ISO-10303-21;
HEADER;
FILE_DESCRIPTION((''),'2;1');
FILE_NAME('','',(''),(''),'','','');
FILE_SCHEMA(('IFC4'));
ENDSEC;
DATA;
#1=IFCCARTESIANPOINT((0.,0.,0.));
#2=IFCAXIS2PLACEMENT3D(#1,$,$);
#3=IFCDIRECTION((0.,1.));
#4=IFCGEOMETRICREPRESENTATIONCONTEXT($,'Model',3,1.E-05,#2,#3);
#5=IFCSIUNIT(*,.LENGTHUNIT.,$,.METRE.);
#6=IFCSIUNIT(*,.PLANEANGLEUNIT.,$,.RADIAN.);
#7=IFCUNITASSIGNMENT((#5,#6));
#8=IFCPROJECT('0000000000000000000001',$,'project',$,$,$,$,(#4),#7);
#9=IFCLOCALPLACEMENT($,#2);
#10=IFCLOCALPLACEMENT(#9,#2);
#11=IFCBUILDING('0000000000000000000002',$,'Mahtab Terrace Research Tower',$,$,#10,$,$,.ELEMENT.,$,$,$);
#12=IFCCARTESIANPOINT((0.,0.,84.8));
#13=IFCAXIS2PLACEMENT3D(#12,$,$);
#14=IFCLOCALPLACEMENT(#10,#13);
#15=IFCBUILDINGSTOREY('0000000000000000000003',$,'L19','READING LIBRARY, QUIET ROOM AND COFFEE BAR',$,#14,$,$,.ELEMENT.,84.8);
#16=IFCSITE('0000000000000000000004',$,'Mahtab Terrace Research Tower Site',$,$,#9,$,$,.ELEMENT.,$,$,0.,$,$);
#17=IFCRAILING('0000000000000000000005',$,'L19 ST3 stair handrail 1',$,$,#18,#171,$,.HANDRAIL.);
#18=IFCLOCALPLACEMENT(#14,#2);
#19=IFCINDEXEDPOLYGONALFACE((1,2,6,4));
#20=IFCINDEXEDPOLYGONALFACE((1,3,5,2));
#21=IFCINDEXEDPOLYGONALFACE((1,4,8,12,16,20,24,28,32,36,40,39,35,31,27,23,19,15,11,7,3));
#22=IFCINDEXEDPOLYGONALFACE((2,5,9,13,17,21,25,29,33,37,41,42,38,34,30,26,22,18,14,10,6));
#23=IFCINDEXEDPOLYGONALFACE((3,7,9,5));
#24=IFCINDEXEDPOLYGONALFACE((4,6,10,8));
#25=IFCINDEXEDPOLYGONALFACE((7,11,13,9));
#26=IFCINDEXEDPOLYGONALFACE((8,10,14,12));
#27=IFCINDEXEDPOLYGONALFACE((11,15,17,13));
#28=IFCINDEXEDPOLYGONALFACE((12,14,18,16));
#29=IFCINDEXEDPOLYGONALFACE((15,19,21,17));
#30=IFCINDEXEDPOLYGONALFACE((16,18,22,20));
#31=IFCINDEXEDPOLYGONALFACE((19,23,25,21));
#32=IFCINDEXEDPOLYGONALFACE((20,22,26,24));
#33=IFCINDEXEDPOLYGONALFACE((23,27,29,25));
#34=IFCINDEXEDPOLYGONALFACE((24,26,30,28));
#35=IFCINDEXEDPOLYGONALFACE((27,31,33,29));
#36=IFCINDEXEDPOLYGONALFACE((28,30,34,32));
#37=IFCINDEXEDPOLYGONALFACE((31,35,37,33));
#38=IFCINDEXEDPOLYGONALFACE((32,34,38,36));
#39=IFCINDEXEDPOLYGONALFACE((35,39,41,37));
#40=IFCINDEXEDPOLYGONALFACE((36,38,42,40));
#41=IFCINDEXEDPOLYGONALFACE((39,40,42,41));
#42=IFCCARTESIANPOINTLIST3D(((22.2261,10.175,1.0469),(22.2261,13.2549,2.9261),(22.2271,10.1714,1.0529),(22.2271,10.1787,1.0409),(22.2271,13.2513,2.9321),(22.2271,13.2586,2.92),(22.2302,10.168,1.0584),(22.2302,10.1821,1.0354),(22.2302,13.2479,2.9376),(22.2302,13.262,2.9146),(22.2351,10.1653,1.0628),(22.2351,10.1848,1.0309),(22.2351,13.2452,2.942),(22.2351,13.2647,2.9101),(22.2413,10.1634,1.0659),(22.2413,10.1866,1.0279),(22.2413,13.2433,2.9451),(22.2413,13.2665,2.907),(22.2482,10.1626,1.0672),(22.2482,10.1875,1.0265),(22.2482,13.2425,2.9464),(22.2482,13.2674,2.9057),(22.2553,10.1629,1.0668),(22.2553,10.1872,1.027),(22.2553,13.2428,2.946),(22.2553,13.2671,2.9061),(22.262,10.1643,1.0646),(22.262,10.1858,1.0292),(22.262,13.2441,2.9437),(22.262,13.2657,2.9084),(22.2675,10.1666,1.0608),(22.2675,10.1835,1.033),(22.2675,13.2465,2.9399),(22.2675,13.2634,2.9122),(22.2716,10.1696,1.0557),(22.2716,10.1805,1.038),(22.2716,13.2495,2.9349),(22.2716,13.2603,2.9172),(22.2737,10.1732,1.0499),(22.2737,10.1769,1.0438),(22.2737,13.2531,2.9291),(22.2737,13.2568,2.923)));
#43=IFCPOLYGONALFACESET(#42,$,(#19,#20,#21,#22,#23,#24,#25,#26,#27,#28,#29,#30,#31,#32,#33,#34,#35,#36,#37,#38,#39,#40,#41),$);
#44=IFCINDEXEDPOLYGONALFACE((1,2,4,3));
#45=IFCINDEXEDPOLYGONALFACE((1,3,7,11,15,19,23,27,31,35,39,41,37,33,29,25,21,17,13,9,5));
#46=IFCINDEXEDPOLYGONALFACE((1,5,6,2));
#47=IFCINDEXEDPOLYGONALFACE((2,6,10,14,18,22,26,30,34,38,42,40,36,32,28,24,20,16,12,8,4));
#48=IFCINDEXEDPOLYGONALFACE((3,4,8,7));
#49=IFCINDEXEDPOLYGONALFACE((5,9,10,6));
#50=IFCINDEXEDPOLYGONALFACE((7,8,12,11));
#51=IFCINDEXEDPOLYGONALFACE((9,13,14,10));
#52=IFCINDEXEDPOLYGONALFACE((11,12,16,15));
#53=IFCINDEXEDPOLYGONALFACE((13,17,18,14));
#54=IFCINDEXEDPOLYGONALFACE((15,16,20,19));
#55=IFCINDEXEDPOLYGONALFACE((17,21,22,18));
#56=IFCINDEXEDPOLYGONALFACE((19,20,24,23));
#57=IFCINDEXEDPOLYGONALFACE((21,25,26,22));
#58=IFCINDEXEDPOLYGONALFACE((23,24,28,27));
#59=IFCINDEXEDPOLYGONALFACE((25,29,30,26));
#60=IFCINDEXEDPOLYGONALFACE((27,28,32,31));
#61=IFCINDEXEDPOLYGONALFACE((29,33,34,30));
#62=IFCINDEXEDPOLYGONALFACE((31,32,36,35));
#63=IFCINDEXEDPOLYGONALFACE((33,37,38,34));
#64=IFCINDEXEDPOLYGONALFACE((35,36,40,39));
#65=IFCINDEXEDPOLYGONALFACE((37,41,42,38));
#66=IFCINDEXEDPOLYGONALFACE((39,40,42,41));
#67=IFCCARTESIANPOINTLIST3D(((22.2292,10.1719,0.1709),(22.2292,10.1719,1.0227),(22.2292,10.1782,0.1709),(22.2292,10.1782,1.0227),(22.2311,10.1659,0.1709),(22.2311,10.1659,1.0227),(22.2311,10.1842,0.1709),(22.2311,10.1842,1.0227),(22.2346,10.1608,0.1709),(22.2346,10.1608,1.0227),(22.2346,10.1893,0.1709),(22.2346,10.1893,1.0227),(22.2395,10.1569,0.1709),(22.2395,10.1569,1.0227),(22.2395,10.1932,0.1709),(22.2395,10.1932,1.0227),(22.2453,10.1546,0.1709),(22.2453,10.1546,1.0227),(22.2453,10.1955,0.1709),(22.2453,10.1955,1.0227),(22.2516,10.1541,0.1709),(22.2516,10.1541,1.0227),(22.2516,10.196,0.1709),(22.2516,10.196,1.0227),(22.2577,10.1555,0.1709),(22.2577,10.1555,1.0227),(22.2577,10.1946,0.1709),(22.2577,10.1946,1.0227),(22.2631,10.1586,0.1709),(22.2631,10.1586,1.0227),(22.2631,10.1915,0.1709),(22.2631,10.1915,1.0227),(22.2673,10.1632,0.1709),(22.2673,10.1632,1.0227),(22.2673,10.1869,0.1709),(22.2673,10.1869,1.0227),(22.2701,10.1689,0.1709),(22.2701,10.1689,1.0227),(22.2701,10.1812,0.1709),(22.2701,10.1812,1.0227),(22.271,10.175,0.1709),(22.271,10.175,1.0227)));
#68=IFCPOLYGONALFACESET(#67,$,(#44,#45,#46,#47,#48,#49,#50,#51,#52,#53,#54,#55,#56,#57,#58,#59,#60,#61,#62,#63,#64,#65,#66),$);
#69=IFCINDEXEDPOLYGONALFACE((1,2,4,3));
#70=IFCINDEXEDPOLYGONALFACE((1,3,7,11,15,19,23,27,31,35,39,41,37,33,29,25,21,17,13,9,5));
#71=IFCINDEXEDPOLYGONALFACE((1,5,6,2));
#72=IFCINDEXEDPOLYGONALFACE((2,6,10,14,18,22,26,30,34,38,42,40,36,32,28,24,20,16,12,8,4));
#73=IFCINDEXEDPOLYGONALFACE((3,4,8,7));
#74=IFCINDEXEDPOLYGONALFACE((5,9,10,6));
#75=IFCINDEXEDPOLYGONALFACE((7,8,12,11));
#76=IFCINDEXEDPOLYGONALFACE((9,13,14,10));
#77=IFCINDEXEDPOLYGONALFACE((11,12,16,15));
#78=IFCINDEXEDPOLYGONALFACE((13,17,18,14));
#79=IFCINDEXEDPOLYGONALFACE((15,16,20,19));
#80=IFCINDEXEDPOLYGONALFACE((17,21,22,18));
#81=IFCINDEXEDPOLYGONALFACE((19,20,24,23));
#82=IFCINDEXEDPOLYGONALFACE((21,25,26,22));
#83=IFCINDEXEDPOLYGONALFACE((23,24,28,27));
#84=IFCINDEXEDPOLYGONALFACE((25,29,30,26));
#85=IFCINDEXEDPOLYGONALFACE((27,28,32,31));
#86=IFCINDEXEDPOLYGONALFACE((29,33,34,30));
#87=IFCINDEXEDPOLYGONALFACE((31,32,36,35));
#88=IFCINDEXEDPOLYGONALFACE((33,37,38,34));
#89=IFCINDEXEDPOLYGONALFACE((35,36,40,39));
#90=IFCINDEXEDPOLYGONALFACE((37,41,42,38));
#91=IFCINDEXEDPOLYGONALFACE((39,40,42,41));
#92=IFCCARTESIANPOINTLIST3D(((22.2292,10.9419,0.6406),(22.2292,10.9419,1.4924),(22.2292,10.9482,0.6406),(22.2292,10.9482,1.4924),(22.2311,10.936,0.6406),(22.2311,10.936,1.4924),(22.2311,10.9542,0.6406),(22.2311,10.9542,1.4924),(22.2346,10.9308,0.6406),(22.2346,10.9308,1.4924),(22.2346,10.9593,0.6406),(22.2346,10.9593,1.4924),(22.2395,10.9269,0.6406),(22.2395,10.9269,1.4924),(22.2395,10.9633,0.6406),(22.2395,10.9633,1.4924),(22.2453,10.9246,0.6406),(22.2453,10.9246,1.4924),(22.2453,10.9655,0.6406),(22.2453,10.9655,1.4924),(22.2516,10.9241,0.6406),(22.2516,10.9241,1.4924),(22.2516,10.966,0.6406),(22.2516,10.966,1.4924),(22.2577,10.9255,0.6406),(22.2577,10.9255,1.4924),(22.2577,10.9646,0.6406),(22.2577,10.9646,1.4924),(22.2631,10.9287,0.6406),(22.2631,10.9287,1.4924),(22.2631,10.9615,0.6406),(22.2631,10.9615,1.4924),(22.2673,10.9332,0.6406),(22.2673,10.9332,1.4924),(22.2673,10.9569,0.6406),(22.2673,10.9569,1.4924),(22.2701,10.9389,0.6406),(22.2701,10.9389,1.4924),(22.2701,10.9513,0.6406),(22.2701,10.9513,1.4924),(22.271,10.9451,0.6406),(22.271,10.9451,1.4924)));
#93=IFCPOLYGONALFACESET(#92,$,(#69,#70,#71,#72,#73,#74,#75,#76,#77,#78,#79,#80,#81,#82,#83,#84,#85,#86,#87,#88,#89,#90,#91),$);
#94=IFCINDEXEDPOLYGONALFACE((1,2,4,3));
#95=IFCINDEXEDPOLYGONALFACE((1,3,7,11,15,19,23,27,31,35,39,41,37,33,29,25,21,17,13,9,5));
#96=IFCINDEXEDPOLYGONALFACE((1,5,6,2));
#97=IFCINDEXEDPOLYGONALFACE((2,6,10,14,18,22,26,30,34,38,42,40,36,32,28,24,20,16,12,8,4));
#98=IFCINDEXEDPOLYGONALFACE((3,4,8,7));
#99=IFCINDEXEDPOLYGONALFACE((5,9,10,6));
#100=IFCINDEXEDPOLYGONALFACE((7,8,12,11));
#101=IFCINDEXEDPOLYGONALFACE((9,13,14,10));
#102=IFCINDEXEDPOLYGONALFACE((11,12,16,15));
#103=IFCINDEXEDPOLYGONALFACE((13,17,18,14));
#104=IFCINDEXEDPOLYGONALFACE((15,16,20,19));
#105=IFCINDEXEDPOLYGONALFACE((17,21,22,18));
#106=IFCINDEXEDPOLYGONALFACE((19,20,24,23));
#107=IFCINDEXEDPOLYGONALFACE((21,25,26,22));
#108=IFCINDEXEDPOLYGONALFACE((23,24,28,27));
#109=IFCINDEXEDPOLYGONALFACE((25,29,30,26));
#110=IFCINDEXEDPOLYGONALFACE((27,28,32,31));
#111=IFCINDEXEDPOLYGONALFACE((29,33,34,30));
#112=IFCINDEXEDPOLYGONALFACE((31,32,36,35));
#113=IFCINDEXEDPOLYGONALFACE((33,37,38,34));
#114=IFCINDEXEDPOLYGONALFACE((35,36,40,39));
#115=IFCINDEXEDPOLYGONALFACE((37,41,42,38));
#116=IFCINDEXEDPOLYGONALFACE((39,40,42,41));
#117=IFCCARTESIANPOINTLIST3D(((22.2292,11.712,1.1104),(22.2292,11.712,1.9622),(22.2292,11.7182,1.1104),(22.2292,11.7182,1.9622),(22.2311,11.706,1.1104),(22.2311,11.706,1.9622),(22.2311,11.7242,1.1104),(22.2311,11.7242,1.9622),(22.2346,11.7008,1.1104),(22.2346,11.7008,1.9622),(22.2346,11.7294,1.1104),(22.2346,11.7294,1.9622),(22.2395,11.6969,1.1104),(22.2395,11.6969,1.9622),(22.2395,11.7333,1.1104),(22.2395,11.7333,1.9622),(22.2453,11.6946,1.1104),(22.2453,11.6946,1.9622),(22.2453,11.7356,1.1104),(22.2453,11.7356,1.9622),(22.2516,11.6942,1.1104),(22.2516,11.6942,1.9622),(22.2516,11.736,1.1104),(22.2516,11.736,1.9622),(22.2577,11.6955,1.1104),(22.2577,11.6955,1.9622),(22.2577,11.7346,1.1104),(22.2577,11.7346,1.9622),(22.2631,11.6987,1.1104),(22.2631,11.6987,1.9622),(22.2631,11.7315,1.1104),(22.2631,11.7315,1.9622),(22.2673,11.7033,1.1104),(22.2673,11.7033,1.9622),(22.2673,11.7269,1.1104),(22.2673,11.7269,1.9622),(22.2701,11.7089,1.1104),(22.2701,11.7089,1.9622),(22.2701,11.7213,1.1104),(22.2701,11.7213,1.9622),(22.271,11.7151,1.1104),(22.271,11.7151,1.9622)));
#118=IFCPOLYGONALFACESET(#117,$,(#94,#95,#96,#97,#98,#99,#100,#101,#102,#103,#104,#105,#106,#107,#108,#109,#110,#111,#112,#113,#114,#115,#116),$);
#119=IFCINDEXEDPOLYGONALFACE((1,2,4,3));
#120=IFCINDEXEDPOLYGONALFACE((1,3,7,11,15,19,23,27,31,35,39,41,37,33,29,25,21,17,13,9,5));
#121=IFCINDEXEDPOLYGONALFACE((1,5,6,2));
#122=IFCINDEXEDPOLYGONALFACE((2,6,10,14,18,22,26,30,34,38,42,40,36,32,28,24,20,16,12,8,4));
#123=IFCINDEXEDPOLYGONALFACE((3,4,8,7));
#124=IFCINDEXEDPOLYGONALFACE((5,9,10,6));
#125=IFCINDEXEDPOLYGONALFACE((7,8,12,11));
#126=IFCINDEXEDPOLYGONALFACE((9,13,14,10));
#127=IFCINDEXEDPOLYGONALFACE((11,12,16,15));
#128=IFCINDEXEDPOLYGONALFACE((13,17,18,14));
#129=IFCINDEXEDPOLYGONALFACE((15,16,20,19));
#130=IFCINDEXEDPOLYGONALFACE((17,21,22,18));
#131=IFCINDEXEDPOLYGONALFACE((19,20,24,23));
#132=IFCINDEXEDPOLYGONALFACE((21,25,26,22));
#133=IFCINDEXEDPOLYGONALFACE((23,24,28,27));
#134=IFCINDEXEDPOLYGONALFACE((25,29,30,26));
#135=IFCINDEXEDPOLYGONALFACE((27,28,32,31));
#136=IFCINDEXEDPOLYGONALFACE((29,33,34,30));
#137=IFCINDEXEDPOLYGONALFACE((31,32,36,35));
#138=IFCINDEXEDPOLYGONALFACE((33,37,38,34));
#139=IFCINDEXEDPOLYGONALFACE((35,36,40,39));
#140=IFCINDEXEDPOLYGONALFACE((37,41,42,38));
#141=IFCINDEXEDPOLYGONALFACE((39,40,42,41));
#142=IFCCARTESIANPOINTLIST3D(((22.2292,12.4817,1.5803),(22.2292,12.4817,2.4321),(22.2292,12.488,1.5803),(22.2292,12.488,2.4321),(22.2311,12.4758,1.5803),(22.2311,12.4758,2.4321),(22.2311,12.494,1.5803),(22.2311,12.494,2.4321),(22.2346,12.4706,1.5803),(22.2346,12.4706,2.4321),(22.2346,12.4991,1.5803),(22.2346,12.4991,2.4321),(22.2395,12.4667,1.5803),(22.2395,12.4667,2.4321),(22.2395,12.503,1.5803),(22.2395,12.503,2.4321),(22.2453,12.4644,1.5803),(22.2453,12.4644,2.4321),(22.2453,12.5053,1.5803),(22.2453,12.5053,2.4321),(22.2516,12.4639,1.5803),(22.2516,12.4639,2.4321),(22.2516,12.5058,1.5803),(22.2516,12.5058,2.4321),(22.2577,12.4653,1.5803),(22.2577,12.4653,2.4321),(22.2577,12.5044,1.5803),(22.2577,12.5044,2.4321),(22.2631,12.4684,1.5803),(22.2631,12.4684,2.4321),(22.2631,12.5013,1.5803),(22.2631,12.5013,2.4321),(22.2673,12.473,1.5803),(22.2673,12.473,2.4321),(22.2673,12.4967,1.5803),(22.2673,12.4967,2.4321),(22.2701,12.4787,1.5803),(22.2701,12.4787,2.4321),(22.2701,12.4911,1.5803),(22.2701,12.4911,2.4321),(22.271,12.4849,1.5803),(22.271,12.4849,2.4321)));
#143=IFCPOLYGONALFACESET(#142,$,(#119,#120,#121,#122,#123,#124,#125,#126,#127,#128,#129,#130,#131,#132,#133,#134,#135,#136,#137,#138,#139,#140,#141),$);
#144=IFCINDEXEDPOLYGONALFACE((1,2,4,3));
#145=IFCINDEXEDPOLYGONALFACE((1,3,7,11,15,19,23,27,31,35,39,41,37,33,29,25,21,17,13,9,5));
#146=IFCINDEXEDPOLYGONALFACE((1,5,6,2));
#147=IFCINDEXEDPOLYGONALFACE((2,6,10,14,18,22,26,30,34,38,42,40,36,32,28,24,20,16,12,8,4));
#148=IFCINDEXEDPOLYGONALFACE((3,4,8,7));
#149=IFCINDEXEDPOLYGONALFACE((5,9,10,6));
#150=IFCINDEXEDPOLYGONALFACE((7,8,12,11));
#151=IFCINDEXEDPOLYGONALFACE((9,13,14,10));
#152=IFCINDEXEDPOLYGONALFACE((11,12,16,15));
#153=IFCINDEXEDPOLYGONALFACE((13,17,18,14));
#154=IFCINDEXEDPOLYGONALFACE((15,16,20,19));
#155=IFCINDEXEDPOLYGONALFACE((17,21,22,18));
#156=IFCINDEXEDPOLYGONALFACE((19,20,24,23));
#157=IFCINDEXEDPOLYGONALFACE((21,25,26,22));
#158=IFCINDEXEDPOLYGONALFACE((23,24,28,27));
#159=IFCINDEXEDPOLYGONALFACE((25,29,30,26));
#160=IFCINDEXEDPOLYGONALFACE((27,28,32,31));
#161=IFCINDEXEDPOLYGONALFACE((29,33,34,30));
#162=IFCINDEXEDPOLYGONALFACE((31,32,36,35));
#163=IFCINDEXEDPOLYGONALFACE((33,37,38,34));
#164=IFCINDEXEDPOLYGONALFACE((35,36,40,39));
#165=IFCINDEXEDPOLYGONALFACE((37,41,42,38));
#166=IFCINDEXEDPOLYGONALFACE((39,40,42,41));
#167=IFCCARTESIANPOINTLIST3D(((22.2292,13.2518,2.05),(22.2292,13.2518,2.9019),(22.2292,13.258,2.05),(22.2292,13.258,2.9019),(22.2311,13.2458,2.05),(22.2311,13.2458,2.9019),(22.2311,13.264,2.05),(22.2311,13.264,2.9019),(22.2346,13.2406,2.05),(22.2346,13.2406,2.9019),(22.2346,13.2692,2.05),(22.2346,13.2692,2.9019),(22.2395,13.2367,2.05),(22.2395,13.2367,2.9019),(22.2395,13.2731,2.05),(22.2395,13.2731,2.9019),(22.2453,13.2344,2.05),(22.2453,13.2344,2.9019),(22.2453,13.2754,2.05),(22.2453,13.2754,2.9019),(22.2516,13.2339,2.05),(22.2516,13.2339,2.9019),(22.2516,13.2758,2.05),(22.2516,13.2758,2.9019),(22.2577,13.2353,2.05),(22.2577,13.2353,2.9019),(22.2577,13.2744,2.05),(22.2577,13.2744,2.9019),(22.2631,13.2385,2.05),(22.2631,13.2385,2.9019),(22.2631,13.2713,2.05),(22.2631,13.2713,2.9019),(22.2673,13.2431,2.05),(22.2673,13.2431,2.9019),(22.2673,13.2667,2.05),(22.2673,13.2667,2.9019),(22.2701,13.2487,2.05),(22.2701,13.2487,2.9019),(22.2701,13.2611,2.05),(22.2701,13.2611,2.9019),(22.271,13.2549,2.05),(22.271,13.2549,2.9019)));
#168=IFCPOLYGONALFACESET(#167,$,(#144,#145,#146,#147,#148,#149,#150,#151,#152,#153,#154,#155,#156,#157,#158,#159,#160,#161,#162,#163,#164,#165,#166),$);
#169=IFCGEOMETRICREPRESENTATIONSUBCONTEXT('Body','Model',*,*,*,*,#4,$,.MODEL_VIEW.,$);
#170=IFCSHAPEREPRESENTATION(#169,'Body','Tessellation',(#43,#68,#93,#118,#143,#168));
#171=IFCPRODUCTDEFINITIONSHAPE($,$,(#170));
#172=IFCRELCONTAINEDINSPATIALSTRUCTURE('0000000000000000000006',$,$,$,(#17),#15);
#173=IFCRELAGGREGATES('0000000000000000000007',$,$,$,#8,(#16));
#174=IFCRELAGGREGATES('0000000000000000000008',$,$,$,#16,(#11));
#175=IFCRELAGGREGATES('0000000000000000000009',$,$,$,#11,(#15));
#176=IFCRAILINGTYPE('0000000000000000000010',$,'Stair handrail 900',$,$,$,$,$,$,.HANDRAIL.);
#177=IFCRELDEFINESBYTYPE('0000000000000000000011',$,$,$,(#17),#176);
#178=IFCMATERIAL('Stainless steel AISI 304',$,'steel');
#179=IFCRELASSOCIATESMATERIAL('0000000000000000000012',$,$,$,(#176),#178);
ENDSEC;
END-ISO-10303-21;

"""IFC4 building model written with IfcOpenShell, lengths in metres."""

from ifc_helpers import new_model, si_unit, direction, frame, origin, origin_2d, place, context, subcontext, project, spatial, circle, extrude, material, type_object, element, save


model = new_model("IFC4")

# Units and contexts
model_context = context("Model", 3, precision=1e-05, world=origin(), true_north=direction((0.0, 1.0)))
body_context = subcontext(model_context, "Body", "Model", "MODEL_VIEW")
ifc_project = project(units=[si_unit("LENGTHUNIT", "METRE"), si_unit("PLANEANGLEUNIT", "RADIAN")], contexts=[model_context])

# Site, building, storey
site_placement = place(None, origin())
site = spatial("IfcSite", under=ifc_project, at=site_placement, Name="Mahtab Terrace Research Tower Site", CompositionType="ELEMENT", RefElevation=0.0)
building_placement = place(site_placement, origin())
building = spatial("IfcBuilding", under=site, at=building_placement, Name="Mahtab Terrace Research Tower", CompositionType="ELEMENT")
storey_placement = place(building_placement, frame((0.0, 0.0, 84.8)))
storey = spatial("IfcBuildingStorey", under=building, at=storey_placement, Name="L19", Description="READING LIBRARY, QUIET ROOM AND COFFEE BAR", CompositionType="ELEMENT", Elevation=84.8)

# Shared definitions
ifc_material_1 = material(Name="Stainless steel AISI 304", Category="steel")

# Railing
railing_type_1 = type_object("IfcRailingType", Name="Stair handrail 900", PredefinedType="HANDRAIL", material=ifc_material_1)
railing_1_placement = place(storey_placement, frame((22.25, 10.175, 0.1709)))
element("IfcRailing", 1, at=railing_1_placement, inside=storey, type_object=railing_type_1, Name="L19 ST3 stair handrail 1", PredefinedType="HANDRAIL", context=body_context, shape_type="SweptSolid", body=[
    extrude(circle(Radius=0.0239, at=origin_2d()), frame((0.0, 0.0, 0.876), z_axis=(0.0, 0.853648, 0.52085), x_axis=(-1.0, 0.0, 0.0)), (0.0, 0.0, 1.0), 3.6079),
    extrude(circle(Radius=0.021, at=origin_2d()), origin(), (0.0, 0.0, 1.0), 0.8518),
    extrude(circle(Radius=0.021, at=origin_2d()), frame((0.0, 0.77, 0.4697)), (0.0, 0.0, 1.0), 0.8518),
    extrude(circle(Radius=0.021, at=origin_2d()), frame((0.0, 1.54, 0.9395)), (0.0, 0.0, 1.0), 0.8518),
    extrude(circle(Radius=0.021, at=origin_2d()), frame((0.0, 2.3098, 1.4094)), (0.0, 0.0, 1.0), 0.8518),
    extrude(circle(Radius=0.021, at=origin_2d()), frame((0.0, 3.0798, 1.8792)), (0.0, 0.0, 1.0), 0.8518),
])

save(model, "model.ifc")
